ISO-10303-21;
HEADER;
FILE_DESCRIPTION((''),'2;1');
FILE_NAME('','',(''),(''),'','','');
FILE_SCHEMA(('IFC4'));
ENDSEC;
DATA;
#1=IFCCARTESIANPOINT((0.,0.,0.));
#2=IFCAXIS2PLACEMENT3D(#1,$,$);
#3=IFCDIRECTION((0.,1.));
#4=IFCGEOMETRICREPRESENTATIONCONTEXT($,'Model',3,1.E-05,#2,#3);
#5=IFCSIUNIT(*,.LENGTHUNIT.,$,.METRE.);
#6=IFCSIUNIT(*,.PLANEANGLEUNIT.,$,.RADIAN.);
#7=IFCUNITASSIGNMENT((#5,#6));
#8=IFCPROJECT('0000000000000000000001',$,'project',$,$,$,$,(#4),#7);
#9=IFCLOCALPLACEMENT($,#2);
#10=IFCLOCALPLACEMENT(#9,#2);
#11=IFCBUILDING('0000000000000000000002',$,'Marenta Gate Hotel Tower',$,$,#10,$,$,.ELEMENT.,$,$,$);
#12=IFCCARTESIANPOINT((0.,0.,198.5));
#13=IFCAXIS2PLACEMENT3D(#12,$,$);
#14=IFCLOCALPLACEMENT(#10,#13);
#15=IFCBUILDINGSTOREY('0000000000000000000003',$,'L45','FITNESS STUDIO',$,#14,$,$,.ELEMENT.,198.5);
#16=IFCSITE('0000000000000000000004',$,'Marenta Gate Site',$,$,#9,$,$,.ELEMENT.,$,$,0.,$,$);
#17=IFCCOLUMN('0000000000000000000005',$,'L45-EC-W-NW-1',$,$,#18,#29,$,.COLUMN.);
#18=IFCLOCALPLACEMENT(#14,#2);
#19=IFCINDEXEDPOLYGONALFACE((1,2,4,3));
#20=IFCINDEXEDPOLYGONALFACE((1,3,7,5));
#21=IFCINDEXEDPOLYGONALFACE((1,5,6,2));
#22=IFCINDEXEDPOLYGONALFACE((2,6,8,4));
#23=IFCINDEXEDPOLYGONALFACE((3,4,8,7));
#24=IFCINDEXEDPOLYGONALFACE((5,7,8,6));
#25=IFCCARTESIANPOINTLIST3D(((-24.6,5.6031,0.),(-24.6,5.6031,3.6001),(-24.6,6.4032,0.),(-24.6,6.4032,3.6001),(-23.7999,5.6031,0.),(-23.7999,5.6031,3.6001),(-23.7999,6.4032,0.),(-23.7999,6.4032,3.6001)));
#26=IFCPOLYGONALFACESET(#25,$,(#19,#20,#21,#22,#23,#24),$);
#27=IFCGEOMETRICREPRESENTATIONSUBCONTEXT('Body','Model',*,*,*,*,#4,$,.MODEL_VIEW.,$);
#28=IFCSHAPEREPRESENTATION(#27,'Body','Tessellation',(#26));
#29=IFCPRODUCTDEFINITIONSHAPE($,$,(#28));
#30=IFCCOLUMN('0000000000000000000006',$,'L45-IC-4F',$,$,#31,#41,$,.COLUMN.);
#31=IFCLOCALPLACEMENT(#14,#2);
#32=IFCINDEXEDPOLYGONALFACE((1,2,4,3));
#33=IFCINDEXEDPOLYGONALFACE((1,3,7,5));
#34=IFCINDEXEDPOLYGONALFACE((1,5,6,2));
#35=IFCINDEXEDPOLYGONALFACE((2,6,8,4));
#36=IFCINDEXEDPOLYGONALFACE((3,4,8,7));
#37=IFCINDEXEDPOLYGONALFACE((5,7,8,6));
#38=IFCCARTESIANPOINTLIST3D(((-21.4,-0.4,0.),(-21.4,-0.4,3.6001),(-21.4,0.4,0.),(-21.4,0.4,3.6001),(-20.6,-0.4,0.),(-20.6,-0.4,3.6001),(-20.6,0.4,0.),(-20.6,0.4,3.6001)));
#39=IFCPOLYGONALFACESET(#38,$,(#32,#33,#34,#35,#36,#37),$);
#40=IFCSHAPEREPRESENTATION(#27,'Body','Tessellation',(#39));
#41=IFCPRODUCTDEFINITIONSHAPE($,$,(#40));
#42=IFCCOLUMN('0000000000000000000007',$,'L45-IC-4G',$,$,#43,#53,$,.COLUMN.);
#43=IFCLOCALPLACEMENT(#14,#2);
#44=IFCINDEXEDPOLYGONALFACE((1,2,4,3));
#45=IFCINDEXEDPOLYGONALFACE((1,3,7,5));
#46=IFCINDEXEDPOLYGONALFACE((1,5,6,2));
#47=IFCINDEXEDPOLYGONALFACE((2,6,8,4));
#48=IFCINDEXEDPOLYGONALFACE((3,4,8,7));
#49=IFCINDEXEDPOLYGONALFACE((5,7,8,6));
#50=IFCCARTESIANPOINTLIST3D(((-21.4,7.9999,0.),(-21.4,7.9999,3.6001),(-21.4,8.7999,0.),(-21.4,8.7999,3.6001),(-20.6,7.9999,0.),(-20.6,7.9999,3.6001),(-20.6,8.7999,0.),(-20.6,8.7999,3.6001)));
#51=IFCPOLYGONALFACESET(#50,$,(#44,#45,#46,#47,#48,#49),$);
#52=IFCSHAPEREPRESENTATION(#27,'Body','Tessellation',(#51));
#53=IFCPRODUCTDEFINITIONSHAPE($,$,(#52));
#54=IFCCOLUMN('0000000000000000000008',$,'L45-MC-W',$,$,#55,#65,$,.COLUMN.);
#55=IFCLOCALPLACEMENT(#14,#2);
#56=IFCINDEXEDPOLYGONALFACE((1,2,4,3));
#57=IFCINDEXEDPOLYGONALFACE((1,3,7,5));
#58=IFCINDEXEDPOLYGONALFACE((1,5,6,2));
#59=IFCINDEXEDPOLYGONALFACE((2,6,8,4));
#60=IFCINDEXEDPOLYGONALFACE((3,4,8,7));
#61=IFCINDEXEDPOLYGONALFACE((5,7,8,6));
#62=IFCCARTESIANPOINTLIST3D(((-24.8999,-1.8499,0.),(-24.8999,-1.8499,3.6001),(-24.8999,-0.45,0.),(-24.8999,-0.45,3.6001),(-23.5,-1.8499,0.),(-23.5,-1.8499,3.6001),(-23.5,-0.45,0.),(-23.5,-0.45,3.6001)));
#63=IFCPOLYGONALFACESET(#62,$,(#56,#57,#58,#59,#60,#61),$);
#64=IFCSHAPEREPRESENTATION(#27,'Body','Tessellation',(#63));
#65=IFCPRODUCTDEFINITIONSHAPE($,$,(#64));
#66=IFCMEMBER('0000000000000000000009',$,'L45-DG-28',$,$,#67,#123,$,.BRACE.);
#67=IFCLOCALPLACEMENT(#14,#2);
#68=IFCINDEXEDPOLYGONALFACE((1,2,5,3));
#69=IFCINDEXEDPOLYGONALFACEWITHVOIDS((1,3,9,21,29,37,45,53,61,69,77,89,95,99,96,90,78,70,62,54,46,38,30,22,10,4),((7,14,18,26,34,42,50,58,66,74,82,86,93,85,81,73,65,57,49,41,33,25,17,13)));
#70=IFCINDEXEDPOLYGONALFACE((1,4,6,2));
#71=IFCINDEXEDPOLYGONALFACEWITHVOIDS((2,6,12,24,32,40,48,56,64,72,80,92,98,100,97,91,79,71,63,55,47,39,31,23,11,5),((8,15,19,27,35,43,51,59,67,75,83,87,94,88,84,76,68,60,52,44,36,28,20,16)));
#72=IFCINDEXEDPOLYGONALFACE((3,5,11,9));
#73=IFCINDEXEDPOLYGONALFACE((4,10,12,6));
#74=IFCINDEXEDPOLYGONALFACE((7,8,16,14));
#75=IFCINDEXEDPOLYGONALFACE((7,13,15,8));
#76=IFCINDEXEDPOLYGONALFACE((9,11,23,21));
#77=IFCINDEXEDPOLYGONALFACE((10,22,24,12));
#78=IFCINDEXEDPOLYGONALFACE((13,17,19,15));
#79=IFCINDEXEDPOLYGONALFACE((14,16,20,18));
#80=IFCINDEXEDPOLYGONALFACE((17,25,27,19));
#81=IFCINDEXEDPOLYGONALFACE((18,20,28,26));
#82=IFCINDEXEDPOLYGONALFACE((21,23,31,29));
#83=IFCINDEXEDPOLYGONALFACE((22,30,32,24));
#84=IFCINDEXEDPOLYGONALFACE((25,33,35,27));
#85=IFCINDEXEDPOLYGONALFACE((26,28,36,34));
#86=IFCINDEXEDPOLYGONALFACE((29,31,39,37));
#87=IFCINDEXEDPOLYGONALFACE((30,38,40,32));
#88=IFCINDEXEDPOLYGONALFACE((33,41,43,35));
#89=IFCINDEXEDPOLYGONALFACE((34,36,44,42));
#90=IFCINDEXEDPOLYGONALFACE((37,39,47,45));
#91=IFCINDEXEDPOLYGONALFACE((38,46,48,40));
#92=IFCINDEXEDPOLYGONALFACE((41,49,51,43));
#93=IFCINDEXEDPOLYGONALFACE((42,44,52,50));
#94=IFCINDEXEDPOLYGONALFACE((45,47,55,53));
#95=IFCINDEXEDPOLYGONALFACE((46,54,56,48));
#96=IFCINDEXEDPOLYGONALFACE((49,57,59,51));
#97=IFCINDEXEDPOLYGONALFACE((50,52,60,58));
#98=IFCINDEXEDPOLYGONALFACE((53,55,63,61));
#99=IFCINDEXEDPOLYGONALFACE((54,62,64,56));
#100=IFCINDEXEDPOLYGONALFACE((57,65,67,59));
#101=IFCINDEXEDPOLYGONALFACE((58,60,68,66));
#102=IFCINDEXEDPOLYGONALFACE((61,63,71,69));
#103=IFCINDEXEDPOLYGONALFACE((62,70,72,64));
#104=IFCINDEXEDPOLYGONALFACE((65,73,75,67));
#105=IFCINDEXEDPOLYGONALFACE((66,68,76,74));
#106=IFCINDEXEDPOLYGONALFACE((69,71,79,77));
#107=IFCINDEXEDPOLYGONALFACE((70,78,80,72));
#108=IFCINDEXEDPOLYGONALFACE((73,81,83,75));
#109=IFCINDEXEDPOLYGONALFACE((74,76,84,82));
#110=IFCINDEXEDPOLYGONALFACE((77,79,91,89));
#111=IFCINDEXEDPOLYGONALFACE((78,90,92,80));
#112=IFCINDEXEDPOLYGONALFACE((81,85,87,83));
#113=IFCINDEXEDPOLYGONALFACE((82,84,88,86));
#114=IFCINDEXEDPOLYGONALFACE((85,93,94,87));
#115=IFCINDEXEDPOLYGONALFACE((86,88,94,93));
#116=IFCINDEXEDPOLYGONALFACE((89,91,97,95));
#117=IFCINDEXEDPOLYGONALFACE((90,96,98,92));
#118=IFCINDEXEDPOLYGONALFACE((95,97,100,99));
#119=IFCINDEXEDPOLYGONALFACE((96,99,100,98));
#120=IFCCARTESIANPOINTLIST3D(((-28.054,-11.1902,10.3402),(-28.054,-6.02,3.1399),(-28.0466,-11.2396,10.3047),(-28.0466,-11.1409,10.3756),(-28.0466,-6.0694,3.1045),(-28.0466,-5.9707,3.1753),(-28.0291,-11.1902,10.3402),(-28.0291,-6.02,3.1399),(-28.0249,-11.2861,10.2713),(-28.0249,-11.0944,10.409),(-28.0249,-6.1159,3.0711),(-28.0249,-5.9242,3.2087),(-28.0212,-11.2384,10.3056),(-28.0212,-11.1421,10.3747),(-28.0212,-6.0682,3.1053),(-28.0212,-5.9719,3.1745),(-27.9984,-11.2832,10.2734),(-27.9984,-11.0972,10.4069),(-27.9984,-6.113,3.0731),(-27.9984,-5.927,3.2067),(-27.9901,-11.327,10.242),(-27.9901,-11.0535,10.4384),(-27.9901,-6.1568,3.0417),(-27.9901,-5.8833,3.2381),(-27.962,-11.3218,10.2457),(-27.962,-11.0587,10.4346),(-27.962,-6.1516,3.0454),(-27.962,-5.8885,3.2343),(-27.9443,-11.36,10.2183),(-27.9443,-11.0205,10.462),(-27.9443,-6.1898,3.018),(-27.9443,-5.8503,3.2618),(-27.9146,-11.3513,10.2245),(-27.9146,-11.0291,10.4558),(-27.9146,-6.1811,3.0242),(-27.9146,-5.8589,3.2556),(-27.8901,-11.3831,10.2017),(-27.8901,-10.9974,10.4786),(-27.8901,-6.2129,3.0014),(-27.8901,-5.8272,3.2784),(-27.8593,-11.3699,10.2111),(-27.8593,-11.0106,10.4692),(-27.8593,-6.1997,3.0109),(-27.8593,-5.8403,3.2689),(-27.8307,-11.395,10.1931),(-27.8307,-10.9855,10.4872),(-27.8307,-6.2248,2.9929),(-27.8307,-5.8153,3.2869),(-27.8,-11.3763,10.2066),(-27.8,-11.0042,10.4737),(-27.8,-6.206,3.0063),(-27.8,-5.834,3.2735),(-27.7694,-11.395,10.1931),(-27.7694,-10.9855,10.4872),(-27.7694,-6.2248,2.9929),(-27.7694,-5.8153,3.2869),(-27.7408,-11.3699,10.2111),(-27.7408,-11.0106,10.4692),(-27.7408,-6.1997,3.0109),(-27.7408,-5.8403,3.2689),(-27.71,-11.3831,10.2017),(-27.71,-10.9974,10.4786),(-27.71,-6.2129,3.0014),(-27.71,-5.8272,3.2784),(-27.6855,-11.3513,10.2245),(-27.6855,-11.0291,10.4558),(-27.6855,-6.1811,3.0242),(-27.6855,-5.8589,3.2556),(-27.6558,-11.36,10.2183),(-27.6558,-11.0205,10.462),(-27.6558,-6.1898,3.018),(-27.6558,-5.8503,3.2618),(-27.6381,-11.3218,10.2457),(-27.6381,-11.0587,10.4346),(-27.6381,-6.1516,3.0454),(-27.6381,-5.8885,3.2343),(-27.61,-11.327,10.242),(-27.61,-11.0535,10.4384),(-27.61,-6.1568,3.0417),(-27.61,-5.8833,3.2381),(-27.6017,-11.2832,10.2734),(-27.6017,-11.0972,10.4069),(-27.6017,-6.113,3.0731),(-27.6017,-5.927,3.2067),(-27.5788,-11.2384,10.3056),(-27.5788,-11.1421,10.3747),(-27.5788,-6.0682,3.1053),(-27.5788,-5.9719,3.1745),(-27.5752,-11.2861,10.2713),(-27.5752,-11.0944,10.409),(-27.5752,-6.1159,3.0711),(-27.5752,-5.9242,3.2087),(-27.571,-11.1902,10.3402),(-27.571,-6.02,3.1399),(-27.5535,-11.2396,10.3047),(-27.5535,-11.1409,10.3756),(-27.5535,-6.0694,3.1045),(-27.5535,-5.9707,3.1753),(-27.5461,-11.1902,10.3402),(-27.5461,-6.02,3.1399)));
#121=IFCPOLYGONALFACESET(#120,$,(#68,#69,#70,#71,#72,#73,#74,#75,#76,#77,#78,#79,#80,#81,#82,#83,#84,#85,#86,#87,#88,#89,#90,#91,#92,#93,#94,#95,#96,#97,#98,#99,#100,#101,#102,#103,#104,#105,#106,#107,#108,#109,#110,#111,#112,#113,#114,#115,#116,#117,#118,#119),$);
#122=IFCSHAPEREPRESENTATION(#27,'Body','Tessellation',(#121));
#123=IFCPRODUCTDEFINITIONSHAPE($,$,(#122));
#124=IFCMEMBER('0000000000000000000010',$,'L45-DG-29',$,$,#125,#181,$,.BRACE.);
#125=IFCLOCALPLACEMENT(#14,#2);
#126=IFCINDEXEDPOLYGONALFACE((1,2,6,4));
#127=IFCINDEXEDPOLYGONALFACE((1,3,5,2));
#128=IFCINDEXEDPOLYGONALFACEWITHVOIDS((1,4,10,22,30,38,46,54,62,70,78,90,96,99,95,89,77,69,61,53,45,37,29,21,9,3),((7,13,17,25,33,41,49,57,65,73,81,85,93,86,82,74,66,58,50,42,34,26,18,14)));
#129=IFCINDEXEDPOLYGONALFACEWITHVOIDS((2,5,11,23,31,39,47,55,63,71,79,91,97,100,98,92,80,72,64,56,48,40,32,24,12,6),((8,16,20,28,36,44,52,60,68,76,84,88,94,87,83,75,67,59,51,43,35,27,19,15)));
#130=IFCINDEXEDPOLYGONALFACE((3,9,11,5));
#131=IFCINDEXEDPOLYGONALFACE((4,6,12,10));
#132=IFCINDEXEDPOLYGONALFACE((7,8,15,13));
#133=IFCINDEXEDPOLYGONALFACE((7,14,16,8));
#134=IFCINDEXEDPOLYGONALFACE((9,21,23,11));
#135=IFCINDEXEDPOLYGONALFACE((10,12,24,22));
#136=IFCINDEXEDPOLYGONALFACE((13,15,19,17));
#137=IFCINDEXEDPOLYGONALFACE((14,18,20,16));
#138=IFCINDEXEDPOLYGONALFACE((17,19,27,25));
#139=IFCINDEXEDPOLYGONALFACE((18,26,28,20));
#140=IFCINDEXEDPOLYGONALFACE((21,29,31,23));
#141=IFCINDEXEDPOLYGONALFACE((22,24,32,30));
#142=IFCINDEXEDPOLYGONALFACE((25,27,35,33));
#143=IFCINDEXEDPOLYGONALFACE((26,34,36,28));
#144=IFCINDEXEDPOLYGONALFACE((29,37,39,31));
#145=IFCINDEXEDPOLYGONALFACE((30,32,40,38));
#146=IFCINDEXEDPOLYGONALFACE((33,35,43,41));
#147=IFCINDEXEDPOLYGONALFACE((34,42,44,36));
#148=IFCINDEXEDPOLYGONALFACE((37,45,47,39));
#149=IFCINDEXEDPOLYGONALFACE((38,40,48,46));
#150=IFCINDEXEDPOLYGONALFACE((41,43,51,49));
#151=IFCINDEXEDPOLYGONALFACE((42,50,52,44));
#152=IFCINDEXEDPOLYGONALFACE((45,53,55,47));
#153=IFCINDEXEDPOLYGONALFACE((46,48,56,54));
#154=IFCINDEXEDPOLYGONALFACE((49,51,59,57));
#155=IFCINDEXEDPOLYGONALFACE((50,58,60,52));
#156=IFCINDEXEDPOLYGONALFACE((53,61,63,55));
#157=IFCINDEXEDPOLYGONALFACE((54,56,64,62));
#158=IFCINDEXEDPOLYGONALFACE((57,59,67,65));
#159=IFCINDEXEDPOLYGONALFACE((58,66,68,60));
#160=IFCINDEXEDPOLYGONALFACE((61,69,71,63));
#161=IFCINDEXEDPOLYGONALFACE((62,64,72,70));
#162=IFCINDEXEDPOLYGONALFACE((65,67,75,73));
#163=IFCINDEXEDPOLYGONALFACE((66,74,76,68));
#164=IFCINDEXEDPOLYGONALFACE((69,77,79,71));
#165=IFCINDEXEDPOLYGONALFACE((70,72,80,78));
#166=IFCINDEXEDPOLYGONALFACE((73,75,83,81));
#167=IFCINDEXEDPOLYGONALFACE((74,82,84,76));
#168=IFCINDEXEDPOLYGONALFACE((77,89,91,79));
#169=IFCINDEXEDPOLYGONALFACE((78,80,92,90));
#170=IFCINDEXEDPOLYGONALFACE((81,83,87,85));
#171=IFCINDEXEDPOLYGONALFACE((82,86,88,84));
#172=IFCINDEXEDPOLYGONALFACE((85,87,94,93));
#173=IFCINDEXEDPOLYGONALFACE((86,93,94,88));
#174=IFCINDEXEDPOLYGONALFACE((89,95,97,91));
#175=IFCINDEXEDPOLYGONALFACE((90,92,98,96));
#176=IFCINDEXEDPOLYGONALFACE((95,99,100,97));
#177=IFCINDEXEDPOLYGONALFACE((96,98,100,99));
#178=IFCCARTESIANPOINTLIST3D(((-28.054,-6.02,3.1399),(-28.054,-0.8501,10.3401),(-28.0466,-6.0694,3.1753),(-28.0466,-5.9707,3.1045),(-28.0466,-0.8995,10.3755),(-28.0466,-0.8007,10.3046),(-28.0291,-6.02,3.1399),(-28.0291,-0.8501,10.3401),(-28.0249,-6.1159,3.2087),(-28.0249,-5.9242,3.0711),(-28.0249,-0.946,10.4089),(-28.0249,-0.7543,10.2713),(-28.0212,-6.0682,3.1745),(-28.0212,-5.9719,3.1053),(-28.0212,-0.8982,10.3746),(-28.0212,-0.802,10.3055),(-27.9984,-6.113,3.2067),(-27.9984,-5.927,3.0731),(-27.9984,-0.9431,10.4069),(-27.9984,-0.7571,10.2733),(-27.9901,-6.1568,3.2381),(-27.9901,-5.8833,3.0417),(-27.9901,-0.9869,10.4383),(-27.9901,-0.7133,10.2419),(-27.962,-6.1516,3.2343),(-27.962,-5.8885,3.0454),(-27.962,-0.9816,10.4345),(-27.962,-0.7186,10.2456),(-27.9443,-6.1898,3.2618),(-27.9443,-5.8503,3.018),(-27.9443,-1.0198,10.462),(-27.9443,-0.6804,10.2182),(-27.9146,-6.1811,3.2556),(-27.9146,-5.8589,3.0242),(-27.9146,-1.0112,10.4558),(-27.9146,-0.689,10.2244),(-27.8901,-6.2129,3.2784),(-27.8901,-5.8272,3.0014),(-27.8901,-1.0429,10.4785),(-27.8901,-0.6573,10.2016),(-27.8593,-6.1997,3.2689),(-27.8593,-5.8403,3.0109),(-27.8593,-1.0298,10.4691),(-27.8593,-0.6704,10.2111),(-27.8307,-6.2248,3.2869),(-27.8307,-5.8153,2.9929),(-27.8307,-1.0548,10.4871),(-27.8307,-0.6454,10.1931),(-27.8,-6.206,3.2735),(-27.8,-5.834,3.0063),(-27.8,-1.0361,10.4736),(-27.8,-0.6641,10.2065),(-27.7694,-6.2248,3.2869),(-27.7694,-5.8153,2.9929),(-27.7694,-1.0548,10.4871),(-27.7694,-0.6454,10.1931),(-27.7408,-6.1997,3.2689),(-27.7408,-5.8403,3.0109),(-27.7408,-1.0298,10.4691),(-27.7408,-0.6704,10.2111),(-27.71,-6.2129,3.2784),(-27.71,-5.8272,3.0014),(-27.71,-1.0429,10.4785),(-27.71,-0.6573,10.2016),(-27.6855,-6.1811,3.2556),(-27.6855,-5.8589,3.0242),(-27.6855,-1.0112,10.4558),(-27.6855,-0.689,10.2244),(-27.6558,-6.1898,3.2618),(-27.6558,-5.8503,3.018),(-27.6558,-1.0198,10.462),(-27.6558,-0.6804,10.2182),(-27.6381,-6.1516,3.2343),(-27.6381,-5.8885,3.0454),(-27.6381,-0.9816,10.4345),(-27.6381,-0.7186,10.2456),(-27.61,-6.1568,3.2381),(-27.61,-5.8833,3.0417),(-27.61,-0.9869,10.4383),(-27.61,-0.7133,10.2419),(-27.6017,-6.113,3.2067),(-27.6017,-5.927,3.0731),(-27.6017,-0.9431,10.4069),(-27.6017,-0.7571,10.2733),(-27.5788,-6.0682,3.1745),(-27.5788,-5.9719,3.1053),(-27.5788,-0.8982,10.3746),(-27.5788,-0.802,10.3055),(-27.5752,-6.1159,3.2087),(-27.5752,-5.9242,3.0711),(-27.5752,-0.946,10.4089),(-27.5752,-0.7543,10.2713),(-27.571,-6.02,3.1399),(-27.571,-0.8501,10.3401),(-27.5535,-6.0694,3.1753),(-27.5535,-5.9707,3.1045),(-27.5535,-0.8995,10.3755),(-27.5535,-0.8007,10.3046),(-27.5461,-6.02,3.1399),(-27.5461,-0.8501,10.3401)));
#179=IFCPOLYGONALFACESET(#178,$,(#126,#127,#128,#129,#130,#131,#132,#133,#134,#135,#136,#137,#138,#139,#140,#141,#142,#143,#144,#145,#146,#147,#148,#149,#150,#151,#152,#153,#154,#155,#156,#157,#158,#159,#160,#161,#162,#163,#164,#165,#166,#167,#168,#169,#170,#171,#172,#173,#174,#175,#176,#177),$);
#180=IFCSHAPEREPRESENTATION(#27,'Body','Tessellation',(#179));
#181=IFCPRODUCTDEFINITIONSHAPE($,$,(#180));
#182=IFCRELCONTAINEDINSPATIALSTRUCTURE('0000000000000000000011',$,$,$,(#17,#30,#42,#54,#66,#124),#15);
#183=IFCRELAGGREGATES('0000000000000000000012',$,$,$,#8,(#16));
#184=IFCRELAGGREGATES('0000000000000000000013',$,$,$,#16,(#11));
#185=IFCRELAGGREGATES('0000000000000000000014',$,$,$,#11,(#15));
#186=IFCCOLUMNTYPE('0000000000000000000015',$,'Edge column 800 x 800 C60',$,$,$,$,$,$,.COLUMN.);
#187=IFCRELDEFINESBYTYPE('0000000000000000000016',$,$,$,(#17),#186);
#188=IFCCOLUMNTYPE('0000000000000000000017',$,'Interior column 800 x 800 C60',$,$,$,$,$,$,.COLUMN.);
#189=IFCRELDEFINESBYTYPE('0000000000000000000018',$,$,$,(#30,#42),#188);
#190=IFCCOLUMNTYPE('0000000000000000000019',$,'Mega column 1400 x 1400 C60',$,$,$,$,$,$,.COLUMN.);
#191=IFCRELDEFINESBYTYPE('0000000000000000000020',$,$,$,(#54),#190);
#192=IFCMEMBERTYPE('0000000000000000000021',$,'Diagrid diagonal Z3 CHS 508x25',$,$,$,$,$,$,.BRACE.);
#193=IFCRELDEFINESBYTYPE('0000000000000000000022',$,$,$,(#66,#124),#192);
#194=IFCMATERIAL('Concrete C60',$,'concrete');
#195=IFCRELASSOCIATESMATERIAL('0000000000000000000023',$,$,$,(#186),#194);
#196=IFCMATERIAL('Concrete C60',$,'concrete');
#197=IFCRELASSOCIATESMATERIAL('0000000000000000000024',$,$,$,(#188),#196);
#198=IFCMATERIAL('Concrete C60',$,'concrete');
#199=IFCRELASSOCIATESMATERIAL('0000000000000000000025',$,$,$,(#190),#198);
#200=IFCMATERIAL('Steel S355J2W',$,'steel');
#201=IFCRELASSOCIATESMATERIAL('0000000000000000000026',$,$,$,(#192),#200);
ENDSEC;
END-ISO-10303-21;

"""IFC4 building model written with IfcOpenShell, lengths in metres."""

from ifc_helpers import new_model, si_unit, direction, frame, origin, origin_2d, place, context, subcontext, project, spatial, rectangle, hollow_circle, extrude, material, material_profile, profile_set, type_object, element, save


model = new_model("IFC4")

# Units and contexts
model_context = context("Model", 3, precision=1e-05, world=origin(), true_north=direction((0.0, 1.0)))
body_context = subcontext(model_context, "Body", "Model", "MODEL_VIEW")
ifc_project = project(units=[si_unit("LENGTHUNIT", "METRE"), si_unit("PLANEANGLEUNIT", "RADIAN")], contexts=[model_context])

# Site, building, storey
site_placement = place(None, origin())
site = spatial("IfcSite", under=ifc_project, at=site_placement, Name="Marenta Gate Site", CompositionType="ELEMENT", RefElevation=0.0)
building_placement = place(site_placement, origin())
building = spatial("IfcBuilding", under=site, at=building_placement, Name="Marenta Gate Hotel Tower", CompositionType="ELEMENT")
storey_placement = place(building_placement, frame((0.0, 0.0, 198.5)))
storey = spatial("IfcBuildingStorey", under=building, at=storey_placement, Name="L45", Description="FITNESS STUDIO", CompositionType="ELEMENT", Elevation=198.5)

# Columns
ifc_material_1 = material(Name="Concrete C60", Category="concrete")
ifc_material_profile_1 = material_profile(ifc_material_1, rectangle(XDim=0.8, YDim=0.8, at=origin_2d()), Name="800 x 800")
ifc_profile_set_1 = profile_set([ifc_material_profile_1], Name="Concrete C60")
column_type_1 = type_object("IfcColumnType", Name="Edge column 800 x 800 C60", PredefinedType="COLUMN", material=ifc_profile_set_1)
column_1_placement = place(storey_placement, frame((-24.2, 6.0032, 0.0), z_axis=(0.0, 0.0, 1.0), x_axis=(1.0, 0.0, 0.0)))
element("IfcColumn", 1, at=column_1_placement, inside=storey, type_object=column_type_1, Name="L45-EC-W-NW-1", PredefinedType="COLUMN", context=body_context, shape_type="SweptSolid", body=[
    extrude(rectangle(XDim=0.8, YDim=0.8, at=origin_2d()), origin(), (0.0, 0.0, 1.0), 3.6001),
])
ifc_material_2 = material(Name="Concrete C60", Category="concrete")
ifc_material_profile_2 = material_profile(ifc_material_2, rectangle(XDim=0.8, YDim=0.8, at=origin_2d()), Name="800 x 800")
ifc_profile_set_2 = profile_set([ifc_material_profile_2], Name="Concrete C60")
column_type_2 = type_object("IfcColumnType", Name="Interior column 800 x 800 C60", PredefinedType="COLUMN", material=ifc_profile_set_2)
for number, where, z_axis, x_axis, name in (
    (2, (-21.0, 0.0, 0.0), (0.0, 0.0, 1.0), (1.0, 0.0, 0.0), "L45-IC-4F"),
    (3, (-21.0, 8.3999, 0.0), (0.0, 0.0, 1.0), (1.0, 0.0, 0.0), "L45-IC-4G"),
):
    element("IfcColumn", number, at=place(storey_placement, frame(where, z_axis=z_axis, x_axis=x_axis)), inside=storey, type_object=column_type_2, Name=name, PredefinedType="COLUMN", context=body_context, shape_type="SweptSolid", body=[
        extrude(rectangle(XDim=0.8, YDim=0.8, at=origin_2d()), origin(), (0.0, 0.0, 1.0), 3.6001),
    ])
ifc_material_3 = material(Name="Concrete C60", Category="concrete")
ifc_material_profile_3 = material_profile(ifc_material_3, rectangle(XDim=1.3999, YDim=1.3999, at=origin_2d()), Name="1400 x 1400")
ifc_profile_set_3 = profile_set([ifc_material_profile_3], Name="Concrete C60")
column_type_3 = type_object("IfcColumnType", Name="Mega column 1400 x 1400 C60", PredefinedType="COLUMN", material=ifc_profile_set_3)
column_2_placement = place(storey_placement, frame((-24.2, -1.1499, 0.0), z_axis=(0.0, 0.0, 1.0), x_axis=(1.0, 0.0, 0.0)))
element("IfcColumn", 4, at=column_2_placement, inside=storey, type_object=column_type_3, Name="L45-MC-W", PredefinedType="COLUMN", context=body_context, shape_type="SweptSolid", body=[
    extrude(rectangle(XDim=1.3999, YDim=1.3999, at=origin_2d()), origin(), (0.0, 0.0, 1.0), 3.6001),
])

# Members
ifc_material_4 = material(Name="Steel S355J2W", Category="steel")
ifc_material_profile_4 = material_profile(ifc_material_4, hollow_circle(Radius=0.2539, WallThickness=0.0249, at=origin_2d()), Name="CHS 508x25")
ifc_profile_set_4 = profile_set([ifc_material_profile_4], Name="Steel S355J2W")
member_type_1 = type_object("IfcMemberType", Name="Diagrid diagonal Z3 CHS 508x25", PredefinedType="BRACE", material=ifc_profile_set_4)
member_1_placement = place(storey_placement, frame((-27.8, -6.02, 3.1399), z_axis=(0.0, -0.583266, 0.812281), x_axis=(1.0, 0.0, 0.0)))
element("IfcMember", 5, at=member_1_placement, inside=storey, type_object=member_type_1, Name="L45-DG-28", PredefinedType="BRACE", context=body_context, shape_type="SweptSolid", body=[
    extrude(hollow_circle(Radius=0.2539, WallThickness=0.0249, at=origin_2d()), origin(), (0.0, 0.0, 1.0), 8.8643),
])
for number, where, z_axis, x_axis, name in (
    (6, (-27.8, -6.02, 3.1399), (0.0, 0.583248, 0.812294), (-1.0, 0.0, 0.0), "L45-DG-29"),
):
    element("IfcMember", number, at=place(storey_placement, frame(where, z_axis=z_axis, x_axis=x_axis)), inside=storey, type_object=member_type_1, Name=name, PredefinedType="BRACE", context=body_context, shape_type="SweptSolid", body=[
        extrude(hollow_circle(Radius=0.2539, WallThickness=0.0249, at=origin_2d()), origin(), (0.0, 0.0, 1.0), 8.864),
    ])

save(model, "model.ifc")
